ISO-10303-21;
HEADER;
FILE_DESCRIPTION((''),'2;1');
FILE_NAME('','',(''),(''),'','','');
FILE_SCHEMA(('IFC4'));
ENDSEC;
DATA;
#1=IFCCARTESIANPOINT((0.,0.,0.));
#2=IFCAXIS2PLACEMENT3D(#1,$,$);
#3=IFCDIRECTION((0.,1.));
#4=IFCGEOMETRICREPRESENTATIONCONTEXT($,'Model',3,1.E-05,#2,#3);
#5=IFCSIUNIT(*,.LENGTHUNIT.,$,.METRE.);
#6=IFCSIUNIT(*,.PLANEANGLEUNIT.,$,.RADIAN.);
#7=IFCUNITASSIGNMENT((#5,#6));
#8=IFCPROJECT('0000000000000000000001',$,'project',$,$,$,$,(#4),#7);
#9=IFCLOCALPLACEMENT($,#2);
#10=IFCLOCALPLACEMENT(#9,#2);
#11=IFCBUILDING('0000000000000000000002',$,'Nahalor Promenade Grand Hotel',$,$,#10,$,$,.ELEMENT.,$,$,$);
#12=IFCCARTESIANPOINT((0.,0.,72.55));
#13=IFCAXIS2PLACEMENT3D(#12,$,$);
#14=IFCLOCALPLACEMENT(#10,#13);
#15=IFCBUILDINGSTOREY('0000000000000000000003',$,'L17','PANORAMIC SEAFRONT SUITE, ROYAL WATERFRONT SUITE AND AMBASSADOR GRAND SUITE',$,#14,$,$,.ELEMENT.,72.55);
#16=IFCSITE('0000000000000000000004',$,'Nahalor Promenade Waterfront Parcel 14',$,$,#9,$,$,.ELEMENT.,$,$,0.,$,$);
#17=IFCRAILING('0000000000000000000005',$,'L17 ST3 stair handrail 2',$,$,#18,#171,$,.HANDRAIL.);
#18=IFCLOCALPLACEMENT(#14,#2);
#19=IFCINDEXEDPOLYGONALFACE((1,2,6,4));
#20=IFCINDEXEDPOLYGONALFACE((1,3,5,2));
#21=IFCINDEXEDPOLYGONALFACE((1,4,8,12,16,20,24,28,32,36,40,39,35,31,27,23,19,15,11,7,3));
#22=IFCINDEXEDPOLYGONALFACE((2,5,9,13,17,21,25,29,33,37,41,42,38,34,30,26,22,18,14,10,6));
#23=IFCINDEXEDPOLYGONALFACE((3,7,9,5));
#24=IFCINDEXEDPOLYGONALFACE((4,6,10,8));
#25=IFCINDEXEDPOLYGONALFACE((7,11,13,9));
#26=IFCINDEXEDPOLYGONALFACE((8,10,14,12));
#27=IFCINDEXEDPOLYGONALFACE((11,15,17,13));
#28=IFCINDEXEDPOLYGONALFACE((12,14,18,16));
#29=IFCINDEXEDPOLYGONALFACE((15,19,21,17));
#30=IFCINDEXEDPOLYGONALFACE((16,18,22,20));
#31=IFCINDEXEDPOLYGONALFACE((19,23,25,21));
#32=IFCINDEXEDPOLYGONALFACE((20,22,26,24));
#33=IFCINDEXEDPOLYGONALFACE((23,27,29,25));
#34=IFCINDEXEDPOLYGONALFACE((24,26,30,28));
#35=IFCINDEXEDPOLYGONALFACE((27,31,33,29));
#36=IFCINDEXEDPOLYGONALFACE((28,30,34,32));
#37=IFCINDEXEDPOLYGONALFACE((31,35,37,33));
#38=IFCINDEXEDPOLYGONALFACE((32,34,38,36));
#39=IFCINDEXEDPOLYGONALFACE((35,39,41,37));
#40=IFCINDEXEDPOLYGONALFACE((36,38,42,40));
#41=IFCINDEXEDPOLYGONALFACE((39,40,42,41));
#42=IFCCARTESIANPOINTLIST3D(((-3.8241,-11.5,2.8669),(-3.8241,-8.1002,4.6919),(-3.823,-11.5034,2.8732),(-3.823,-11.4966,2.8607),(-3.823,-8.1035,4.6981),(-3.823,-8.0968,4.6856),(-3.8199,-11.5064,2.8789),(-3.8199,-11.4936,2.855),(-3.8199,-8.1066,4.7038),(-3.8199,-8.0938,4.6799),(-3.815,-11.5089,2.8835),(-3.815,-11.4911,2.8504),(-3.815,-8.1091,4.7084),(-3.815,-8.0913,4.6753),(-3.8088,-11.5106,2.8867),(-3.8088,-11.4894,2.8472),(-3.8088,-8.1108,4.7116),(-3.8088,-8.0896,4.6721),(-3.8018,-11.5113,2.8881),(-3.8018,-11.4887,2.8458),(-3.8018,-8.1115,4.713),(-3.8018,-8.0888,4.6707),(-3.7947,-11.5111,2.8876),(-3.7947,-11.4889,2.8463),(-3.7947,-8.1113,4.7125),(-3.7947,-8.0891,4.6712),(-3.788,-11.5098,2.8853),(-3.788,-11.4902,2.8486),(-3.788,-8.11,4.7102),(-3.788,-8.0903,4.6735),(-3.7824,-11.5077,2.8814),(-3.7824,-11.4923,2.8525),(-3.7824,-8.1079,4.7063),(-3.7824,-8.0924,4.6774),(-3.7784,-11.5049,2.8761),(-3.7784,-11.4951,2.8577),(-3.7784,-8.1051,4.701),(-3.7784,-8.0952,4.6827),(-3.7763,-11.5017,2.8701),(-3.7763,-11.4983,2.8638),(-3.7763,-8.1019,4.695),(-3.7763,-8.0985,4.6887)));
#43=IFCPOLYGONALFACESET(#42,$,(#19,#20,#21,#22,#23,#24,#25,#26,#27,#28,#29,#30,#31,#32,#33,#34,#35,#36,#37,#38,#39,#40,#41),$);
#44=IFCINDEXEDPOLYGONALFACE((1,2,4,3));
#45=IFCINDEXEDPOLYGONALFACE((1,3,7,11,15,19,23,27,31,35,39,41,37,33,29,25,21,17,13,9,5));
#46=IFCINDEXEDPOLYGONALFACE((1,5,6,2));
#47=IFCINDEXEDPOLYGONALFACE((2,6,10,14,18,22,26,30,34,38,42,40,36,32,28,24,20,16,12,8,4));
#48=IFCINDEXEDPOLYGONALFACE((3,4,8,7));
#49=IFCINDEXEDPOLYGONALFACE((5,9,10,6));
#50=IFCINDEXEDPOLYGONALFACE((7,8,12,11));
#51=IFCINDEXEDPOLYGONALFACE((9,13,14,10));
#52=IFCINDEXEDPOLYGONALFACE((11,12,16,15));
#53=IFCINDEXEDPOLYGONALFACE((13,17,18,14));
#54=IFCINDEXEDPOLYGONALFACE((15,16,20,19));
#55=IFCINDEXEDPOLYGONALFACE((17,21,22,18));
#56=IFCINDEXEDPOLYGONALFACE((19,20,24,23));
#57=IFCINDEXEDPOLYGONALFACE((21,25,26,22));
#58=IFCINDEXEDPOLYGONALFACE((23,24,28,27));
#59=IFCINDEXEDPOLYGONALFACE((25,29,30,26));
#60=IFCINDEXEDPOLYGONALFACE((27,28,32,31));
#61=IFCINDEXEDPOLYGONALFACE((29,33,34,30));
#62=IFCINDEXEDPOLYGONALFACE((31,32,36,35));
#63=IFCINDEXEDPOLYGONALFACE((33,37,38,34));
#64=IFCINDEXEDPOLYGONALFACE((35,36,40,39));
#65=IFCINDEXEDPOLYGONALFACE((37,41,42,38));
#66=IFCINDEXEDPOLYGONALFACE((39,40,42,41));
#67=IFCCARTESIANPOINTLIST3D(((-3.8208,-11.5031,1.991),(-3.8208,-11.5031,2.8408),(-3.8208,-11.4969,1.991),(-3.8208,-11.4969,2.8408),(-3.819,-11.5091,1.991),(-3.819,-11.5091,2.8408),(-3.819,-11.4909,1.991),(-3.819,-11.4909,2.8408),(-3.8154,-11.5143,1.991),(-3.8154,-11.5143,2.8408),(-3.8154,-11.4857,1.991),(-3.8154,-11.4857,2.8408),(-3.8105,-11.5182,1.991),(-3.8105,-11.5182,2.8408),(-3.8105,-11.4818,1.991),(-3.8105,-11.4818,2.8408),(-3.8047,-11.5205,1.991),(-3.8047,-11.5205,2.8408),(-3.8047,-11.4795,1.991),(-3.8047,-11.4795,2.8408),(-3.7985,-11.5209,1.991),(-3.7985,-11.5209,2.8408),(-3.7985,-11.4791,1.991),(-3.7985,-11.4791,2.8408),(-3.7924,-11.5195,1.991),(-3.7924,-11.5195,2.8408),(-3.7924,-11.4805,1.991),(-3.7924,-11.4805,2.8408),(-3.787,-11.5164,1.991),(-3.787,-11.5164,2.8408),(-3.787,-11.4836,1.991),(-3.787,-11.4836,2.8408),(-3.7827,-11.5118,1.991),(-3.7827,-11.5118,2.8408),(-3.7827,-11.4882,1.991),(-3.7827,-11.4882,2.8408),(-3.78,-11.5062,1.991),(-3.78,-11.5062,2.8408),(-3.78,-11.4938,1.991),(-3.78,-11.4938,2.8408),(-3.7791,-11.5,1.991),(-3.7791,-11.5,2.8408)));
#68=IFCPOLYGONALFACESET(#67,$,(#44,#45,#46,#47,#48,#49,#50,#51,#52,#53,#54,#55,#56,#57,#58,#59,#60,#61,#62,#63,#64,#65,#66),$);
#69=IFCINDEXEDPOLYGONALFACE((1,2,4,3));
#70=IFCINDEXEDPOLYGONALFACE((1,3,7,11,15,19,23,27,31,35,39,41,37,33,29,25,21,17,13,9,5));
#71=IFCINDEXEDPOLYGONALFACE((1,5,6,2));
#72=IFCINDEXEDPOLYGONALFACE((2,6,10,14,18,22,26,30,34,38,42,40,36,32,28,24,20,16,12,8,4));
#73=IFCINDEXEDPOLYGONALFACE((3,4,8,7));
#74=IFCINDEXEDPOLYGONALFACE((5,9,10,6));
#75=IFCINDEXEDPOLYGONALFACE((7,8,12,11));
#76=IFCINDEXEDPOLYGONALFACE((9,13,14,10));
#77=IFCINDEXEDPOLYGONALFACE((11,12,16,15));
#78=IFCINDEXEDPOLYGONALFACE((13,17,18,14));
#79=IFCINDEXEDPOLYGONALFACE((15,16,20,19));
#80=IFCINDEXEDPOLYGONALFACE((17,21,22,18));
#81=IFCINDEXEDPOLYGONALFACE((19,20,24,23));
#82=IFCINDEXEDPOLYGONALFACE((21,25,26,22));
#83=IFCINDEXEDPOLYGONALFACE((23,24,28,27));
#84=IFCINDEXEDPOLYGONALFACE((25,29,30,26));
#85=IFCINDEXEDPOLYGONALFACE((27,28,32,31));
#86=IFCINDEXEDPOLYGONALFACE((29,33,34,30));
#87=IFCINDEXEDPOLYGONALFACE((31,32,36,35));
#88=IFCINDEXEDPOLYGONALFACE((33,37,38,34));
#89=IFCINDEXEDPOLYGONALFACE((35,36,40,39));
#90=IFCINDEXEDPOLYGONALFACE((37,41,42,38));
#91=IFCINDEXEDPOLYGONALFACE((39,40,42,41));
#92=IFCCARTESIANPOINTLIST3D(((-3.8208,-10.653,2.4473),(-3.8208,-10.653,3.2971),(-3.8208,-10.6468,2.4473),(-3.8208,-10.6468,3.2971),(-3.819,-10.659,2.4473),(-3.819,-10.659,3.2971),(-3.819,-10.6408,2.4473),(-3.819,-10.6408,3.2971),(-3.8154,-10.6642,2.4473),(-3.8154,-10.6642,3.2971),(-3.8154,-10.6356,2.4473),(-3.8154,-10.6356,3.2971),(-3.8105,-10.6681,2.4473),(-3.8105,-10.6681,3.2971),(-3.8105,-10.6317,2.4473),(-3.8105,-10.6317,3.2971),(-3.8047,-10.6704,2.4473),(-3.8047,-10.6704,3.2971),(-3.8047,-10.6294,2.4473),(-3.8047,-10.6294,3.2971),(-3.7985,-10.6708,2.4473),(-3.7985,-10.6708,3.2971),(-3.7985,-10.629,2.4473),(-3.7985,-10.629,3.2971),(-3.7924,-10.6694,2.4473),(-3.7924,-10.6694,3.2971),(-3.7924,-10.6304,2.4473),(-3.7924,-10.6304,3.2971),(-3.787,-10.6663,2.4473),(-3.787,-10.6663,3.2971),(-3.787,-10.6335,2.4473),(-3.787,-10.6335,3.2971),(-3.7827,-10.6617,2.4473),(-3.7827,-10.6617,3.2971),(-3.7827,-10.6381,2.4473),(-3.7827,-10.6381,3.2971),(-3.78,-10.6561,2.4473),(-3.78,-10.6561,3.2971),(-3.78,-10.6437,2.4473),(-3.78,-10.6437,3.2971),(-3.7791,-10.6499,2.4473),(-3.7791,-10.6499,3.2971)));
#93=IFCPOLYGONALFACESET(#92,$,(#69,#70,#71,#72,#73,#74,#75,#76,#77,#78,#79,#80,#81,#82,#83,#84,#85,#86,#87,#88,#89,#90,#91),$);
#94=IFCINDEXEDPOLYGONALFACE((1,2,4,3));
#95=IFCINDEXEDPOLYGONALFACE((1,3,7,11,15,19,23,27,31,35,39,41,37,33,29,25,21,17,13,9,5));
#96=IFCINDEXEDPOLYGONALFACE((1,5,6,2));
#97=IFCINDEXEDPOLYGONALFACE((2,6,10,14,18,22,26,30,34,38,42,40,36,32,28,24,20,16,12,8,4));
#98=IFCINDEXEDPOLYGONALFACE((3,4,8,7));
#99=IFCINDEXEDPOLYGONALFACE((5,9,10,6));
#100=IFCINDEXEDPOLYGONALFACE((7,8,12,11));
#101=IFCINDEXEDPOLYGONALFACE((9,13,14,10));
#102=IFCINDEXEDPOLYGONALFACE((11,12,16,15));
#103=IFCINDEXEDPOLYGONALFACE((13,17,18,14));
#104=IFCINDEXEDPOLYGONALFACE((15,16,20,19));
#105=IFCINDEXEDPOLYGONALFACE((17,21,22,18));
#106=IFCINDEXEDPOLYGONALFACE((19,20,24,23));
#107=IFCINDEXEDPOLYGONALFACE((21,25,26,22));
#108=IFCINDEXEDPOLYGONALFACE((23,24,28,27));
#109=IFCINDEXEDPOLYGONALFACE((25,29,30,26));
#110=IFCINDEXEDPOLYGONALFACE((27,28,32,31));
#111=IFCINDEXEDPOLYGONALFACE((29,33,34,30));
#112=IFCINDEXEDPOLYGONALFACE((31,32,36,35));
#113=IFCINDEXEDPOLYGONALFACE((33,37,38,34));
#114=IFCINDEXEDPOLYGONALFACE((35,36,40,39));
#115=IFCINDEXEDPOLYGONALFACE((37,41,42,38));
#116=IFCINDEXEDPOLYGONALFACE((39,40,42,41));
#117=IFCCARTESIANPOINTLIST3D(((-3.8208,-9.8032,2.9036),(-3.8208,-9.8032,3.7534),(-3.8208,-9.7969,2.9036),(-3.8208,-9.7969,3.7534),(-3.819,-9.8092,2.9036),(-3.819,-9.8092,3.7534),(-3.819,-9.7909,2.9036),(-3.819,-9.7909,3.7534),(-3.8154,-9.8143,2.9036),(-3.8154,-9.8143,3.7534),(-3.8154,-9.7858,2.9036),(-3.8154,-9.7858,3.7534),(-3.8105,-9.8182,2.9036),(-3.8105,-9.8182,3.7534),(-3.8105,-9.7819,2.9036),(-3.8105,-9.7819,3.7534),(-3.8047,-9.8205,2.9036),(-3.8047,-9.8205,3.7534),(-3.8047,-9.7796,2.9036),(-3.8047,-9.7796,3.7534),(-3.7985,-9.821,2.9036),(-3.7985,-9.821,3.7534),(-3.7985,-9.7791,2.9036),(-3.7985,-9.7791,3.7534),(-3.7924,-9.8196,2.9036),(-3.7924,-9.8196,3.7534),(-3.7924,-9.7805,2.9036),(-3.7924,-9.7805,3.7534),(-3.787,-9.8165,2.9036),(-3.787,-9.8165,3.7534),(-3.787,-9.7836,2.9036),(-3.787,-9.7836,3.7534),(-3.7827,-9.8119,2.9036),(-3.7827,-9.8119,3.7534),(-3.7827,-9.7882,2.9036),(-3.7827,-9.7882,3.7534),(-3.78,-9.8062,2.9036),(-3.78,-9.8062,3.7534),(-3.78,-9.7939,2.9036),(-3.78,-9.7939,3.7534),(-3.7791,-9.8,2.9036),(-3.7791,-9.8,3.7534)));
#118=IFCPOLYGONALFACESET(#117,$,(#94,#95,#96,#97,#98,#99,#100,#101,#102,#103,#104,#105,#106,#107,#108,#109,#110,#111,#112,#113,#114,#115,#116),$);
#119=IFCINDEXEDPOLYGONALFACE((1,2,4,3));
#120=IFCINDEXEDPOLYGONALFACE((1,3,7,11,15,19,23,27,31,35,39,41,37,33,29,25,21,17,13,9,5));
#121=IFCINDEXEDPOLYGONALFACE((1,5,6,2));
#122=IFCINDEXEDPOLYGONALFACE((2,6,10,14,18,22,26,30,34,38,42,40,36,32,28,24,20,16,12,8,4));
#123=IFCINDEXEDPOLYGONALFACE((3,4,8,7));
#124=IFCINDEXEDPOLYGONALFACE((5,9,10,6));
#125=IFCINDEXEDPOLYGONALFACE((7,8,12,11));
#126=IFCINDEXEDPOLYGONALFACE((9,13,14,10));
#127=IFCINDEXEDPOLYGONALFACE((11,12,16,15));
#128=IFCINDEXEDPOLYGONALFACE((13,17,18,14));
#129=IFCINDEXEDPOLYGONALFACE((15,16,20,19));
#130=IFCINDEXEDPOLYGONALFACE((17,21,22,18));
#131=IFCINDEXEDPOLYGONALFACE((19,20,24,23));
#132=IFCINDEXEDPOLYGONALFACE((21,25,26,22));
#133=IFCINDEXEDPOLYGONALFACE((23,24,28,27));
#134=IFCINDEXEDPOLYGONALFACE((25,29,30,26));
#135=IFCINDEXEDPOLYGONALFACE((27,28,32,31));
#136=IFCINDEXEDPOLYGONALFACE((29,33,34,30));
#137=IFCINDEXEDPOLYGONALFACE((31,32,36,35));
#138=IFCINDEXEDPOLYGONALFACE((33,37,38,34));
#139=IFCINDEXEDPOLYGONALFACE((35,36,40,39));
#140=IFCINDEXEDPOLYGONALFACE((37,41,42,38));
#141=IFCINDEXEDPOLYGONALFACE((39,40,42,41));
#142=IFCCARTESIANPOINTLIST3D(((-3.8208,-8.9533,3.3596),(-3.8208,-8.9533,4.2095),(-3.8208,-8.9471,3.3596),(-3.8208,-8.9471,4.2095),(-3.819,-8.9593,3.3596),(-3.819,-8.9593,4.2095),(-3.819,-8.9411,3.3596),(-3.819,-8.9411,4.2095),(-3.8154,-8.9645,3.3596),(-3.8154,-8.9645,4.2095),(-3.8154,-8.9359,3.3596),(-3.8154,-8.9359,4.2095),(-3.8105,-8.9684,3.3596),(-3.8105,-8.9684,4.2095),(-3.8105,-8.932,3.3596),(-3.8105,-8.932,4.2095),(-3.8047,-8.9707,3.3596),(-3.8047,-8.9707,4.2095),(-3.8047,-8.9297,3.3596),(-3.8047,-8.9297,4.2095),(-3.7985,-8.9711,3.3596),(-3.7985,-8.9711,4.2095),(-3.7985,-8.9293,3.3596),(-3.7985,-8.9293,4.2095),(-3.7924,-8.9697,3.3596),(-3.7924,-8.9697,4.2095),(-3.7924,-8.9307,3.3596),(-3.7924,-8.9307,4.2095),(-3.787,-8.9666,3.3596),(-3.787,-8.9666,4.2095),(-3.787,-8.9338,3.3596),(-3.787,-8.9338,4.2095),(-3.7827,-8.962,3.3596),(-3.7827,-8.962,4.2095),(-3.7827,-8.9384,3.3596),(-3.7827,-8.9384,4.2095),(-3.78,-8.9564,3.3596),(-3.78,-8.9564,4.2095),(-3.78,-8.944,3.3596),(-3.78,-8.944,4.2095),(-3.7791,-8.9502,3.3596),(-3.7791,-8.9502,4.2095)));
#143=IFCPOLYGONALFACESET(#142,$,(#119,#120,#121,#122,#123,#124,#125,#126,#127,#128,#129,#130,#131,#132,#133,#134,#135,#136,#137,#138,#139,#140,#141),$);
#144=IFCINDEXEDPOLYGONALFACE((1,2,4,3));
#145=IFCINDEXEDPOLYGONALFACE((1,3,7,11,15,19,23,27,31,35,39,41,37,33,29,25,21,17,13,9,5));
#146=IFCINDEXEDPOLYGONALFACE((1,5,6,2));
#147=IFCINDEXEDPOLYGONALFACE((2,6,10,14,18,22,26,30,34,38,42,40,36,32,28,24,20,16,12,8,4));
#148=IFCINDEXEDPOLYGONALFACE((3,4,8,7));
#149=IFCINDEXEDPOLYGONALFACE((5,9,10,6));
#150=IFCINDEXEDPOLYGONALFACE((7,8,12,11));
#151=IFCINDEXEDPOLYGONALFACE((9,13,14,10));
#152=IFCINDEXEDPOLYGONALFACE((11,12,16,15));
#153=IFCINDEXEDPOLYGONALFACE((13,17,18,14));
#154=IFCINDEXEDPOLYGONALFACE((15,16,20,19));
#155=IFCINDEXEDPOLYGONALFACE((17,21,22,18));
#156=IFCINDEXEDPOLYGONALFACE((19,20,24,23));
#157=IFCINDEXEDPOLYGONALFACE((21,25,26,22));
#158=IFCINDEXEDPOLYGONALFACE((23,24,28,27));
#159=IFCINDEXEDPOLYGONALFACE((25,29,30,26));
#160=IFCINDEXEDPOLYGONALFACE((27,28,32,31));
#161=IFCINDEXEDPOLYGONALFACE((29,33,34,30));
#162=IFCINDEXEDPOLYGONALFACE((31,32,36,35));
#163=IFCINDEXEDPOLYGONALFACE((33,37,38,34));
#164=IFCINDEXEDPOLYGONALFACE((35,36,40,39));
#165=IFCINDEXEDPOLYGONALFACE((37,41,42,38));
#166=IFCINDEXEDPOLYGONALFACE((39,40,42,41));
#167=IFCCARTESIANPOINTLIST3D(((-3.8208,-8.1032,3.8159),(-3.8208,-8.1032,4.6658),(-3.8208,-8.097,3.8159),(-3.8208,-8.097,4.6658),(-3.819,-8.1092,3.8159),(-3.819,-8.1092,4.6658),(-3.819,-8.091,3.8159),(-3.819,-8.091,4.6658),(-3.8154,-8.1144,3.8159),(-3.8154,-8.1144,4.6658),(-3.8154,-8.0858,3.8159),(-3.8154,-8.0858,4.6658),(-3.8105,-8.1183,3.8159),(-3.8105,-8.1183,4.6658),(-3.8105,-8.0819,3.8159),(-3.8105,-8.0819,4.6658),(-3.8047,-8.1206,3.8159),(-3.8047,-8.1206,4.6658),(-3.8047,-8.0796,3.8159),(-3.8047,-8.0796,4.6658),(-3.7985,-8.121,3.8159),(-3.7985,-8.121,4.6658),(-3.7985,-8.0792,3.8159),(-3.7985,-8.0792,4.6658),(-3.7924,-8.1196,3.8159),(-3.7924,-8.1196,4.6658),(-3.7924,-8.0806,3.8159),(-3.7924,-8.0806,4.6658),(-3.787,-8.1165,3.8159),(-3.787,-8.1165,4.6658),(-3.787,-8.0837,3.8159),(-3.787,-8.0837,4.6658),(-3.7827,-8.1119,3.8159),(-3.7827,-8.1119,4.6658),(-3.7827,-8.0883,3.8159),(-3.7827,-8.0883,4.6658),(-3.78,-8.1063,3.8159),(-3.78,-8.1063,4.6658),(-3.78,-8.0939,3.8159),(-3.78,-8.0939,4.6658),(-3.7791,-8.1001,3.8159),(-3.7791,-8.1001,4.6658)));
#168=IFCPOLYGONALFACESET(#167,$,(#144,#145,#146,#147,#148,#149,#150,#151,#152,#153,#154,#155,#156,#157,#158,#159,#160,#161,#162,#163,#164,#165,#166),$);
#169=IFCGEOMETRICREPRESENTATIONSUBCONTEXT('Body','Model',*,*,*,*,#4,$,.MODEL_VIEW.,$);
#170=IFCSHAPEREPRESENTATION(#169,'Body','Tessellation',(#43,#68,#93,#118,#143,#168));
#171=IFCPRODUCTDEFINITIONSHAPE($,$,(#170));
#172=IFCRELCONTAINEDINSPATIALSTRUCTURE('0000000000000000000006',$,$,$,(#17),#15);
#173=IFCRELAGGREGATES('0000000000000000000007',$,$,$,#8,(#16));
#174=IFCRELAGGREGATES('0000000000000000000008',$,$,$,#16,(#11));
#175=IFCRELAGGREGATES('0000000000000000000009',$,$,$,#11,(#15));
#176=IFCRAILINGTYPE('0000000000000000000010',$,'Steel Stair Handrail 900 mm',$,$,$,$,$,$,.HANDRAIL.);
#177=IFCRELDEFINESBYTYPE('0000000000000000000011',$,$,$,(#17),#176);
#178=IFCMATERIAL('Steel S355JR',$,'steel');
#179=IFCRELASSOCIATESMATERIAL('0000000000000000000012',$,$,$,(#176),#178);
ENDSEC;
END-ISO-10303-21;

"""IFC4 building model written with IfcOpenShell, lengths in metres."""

from ifc_helpers import new_model, si_unit, direction, frame, origin, origin_2d, place, context, subcontext, project, spatial, circle, extrude, material, type_object, element, save


model = new_model("IFC4")

# Units and contexts
model_context = context("Model", 3, precision=1e-05, world=origin(), true_north=direction((0.0, 1.0)))
body_context = subcontext(model_context, "Body", "Model", "MODEL_VIEW")
ifc_project = project(units=[si_unit("LENGTHUNIT", "METRE"), si_unit("PLANEANGLEUNIT", "RADIAN")], contexts=[model_context])

# Site, building, storey
site_placement = place(None, origin())
site = spatial("IfcSite", under=ifc_project, at=site_placement, Name="Nahalor Promenade Waterfront Parcel 14", CompositionType="ELEMENT", RefElevation=0.0)
building_placement = place(site_placement, origin())
building = spatial("IfcBuilding", under=site, at=building_placement, Name="Nahalor Promenade Grand Hotel", CompositionType="ELEMENT")
storey_placement = place(building_placement, frame((0.0, 0.0, 72.55)))
storey = spatial("IfcBuildingStorey", under=building, at=storey_placement, Name="L17", Description="PANORAMIC SEAFRONT SUITE, ROYAL WATERFRONT SUITE AND AMBASSADOR GRAND SUITE", CompositionType="ELEMENT", Elevation=72.55)

# Shared definitions
ifc_material_1 = material(Name="Steel S355JR", Category="steel")

# Railing
railing_type_1 = type_object("IfcRailingType", Name="Steel Stair Handrail 900 mm", PredefinedType="HANDRAIL", material=ifc_material_1)
railing_1_placement = place(storey_placement, frame((-3.8, -11.5, 1.991)))
element("IfcRailing", 1, at=railing_1_placement, inside=storey, type_object=railing_type_1, Name="L17 ST3 stair handrail 2", PredefinedType="HANDRAIL", context=body_context, shape_type="SweptSolid", body=[
    extrude(circle(Radius=0.024, at=origin_2d()), frame((0.0, 0.0, 0.876), z_axis=(0.0, 0.881094, 0.472941), x_axis=(-1.0, 0.0, 0.0)), (0.0, 0.0, 1.0), 3.8586),
    extrude(circle(Radius=0.021, at=origin_2d()), origin(), (0.0, 0.0, 1.0), 0.8499),
    extrude(circle(Radius=0.021, at=origin_2d()), frame((0.0, 0.8501, 0.4563)), (0.0, 0.0, 1.0), 0.8499),
    extrude(circle(Radius=0.021, at=origin_2d()), frame((0.0, 1.7, 0.9126)), (0.0, 0.0, 1.0), 0.8499),
    extrude(circle(Radius=0.021, at=origin_2d()), frame((0.0, 2.5498, 1.3687)), (0.0, 0.0, 1.0), 0.8499),
    extrude(circle(Radius=0.021, at=origin_2d()), frame((0.0, 3.3999, 1.825)), (0.0, 0.0, 1.0), 0.8499),
])

save(model, "model.ifc")
